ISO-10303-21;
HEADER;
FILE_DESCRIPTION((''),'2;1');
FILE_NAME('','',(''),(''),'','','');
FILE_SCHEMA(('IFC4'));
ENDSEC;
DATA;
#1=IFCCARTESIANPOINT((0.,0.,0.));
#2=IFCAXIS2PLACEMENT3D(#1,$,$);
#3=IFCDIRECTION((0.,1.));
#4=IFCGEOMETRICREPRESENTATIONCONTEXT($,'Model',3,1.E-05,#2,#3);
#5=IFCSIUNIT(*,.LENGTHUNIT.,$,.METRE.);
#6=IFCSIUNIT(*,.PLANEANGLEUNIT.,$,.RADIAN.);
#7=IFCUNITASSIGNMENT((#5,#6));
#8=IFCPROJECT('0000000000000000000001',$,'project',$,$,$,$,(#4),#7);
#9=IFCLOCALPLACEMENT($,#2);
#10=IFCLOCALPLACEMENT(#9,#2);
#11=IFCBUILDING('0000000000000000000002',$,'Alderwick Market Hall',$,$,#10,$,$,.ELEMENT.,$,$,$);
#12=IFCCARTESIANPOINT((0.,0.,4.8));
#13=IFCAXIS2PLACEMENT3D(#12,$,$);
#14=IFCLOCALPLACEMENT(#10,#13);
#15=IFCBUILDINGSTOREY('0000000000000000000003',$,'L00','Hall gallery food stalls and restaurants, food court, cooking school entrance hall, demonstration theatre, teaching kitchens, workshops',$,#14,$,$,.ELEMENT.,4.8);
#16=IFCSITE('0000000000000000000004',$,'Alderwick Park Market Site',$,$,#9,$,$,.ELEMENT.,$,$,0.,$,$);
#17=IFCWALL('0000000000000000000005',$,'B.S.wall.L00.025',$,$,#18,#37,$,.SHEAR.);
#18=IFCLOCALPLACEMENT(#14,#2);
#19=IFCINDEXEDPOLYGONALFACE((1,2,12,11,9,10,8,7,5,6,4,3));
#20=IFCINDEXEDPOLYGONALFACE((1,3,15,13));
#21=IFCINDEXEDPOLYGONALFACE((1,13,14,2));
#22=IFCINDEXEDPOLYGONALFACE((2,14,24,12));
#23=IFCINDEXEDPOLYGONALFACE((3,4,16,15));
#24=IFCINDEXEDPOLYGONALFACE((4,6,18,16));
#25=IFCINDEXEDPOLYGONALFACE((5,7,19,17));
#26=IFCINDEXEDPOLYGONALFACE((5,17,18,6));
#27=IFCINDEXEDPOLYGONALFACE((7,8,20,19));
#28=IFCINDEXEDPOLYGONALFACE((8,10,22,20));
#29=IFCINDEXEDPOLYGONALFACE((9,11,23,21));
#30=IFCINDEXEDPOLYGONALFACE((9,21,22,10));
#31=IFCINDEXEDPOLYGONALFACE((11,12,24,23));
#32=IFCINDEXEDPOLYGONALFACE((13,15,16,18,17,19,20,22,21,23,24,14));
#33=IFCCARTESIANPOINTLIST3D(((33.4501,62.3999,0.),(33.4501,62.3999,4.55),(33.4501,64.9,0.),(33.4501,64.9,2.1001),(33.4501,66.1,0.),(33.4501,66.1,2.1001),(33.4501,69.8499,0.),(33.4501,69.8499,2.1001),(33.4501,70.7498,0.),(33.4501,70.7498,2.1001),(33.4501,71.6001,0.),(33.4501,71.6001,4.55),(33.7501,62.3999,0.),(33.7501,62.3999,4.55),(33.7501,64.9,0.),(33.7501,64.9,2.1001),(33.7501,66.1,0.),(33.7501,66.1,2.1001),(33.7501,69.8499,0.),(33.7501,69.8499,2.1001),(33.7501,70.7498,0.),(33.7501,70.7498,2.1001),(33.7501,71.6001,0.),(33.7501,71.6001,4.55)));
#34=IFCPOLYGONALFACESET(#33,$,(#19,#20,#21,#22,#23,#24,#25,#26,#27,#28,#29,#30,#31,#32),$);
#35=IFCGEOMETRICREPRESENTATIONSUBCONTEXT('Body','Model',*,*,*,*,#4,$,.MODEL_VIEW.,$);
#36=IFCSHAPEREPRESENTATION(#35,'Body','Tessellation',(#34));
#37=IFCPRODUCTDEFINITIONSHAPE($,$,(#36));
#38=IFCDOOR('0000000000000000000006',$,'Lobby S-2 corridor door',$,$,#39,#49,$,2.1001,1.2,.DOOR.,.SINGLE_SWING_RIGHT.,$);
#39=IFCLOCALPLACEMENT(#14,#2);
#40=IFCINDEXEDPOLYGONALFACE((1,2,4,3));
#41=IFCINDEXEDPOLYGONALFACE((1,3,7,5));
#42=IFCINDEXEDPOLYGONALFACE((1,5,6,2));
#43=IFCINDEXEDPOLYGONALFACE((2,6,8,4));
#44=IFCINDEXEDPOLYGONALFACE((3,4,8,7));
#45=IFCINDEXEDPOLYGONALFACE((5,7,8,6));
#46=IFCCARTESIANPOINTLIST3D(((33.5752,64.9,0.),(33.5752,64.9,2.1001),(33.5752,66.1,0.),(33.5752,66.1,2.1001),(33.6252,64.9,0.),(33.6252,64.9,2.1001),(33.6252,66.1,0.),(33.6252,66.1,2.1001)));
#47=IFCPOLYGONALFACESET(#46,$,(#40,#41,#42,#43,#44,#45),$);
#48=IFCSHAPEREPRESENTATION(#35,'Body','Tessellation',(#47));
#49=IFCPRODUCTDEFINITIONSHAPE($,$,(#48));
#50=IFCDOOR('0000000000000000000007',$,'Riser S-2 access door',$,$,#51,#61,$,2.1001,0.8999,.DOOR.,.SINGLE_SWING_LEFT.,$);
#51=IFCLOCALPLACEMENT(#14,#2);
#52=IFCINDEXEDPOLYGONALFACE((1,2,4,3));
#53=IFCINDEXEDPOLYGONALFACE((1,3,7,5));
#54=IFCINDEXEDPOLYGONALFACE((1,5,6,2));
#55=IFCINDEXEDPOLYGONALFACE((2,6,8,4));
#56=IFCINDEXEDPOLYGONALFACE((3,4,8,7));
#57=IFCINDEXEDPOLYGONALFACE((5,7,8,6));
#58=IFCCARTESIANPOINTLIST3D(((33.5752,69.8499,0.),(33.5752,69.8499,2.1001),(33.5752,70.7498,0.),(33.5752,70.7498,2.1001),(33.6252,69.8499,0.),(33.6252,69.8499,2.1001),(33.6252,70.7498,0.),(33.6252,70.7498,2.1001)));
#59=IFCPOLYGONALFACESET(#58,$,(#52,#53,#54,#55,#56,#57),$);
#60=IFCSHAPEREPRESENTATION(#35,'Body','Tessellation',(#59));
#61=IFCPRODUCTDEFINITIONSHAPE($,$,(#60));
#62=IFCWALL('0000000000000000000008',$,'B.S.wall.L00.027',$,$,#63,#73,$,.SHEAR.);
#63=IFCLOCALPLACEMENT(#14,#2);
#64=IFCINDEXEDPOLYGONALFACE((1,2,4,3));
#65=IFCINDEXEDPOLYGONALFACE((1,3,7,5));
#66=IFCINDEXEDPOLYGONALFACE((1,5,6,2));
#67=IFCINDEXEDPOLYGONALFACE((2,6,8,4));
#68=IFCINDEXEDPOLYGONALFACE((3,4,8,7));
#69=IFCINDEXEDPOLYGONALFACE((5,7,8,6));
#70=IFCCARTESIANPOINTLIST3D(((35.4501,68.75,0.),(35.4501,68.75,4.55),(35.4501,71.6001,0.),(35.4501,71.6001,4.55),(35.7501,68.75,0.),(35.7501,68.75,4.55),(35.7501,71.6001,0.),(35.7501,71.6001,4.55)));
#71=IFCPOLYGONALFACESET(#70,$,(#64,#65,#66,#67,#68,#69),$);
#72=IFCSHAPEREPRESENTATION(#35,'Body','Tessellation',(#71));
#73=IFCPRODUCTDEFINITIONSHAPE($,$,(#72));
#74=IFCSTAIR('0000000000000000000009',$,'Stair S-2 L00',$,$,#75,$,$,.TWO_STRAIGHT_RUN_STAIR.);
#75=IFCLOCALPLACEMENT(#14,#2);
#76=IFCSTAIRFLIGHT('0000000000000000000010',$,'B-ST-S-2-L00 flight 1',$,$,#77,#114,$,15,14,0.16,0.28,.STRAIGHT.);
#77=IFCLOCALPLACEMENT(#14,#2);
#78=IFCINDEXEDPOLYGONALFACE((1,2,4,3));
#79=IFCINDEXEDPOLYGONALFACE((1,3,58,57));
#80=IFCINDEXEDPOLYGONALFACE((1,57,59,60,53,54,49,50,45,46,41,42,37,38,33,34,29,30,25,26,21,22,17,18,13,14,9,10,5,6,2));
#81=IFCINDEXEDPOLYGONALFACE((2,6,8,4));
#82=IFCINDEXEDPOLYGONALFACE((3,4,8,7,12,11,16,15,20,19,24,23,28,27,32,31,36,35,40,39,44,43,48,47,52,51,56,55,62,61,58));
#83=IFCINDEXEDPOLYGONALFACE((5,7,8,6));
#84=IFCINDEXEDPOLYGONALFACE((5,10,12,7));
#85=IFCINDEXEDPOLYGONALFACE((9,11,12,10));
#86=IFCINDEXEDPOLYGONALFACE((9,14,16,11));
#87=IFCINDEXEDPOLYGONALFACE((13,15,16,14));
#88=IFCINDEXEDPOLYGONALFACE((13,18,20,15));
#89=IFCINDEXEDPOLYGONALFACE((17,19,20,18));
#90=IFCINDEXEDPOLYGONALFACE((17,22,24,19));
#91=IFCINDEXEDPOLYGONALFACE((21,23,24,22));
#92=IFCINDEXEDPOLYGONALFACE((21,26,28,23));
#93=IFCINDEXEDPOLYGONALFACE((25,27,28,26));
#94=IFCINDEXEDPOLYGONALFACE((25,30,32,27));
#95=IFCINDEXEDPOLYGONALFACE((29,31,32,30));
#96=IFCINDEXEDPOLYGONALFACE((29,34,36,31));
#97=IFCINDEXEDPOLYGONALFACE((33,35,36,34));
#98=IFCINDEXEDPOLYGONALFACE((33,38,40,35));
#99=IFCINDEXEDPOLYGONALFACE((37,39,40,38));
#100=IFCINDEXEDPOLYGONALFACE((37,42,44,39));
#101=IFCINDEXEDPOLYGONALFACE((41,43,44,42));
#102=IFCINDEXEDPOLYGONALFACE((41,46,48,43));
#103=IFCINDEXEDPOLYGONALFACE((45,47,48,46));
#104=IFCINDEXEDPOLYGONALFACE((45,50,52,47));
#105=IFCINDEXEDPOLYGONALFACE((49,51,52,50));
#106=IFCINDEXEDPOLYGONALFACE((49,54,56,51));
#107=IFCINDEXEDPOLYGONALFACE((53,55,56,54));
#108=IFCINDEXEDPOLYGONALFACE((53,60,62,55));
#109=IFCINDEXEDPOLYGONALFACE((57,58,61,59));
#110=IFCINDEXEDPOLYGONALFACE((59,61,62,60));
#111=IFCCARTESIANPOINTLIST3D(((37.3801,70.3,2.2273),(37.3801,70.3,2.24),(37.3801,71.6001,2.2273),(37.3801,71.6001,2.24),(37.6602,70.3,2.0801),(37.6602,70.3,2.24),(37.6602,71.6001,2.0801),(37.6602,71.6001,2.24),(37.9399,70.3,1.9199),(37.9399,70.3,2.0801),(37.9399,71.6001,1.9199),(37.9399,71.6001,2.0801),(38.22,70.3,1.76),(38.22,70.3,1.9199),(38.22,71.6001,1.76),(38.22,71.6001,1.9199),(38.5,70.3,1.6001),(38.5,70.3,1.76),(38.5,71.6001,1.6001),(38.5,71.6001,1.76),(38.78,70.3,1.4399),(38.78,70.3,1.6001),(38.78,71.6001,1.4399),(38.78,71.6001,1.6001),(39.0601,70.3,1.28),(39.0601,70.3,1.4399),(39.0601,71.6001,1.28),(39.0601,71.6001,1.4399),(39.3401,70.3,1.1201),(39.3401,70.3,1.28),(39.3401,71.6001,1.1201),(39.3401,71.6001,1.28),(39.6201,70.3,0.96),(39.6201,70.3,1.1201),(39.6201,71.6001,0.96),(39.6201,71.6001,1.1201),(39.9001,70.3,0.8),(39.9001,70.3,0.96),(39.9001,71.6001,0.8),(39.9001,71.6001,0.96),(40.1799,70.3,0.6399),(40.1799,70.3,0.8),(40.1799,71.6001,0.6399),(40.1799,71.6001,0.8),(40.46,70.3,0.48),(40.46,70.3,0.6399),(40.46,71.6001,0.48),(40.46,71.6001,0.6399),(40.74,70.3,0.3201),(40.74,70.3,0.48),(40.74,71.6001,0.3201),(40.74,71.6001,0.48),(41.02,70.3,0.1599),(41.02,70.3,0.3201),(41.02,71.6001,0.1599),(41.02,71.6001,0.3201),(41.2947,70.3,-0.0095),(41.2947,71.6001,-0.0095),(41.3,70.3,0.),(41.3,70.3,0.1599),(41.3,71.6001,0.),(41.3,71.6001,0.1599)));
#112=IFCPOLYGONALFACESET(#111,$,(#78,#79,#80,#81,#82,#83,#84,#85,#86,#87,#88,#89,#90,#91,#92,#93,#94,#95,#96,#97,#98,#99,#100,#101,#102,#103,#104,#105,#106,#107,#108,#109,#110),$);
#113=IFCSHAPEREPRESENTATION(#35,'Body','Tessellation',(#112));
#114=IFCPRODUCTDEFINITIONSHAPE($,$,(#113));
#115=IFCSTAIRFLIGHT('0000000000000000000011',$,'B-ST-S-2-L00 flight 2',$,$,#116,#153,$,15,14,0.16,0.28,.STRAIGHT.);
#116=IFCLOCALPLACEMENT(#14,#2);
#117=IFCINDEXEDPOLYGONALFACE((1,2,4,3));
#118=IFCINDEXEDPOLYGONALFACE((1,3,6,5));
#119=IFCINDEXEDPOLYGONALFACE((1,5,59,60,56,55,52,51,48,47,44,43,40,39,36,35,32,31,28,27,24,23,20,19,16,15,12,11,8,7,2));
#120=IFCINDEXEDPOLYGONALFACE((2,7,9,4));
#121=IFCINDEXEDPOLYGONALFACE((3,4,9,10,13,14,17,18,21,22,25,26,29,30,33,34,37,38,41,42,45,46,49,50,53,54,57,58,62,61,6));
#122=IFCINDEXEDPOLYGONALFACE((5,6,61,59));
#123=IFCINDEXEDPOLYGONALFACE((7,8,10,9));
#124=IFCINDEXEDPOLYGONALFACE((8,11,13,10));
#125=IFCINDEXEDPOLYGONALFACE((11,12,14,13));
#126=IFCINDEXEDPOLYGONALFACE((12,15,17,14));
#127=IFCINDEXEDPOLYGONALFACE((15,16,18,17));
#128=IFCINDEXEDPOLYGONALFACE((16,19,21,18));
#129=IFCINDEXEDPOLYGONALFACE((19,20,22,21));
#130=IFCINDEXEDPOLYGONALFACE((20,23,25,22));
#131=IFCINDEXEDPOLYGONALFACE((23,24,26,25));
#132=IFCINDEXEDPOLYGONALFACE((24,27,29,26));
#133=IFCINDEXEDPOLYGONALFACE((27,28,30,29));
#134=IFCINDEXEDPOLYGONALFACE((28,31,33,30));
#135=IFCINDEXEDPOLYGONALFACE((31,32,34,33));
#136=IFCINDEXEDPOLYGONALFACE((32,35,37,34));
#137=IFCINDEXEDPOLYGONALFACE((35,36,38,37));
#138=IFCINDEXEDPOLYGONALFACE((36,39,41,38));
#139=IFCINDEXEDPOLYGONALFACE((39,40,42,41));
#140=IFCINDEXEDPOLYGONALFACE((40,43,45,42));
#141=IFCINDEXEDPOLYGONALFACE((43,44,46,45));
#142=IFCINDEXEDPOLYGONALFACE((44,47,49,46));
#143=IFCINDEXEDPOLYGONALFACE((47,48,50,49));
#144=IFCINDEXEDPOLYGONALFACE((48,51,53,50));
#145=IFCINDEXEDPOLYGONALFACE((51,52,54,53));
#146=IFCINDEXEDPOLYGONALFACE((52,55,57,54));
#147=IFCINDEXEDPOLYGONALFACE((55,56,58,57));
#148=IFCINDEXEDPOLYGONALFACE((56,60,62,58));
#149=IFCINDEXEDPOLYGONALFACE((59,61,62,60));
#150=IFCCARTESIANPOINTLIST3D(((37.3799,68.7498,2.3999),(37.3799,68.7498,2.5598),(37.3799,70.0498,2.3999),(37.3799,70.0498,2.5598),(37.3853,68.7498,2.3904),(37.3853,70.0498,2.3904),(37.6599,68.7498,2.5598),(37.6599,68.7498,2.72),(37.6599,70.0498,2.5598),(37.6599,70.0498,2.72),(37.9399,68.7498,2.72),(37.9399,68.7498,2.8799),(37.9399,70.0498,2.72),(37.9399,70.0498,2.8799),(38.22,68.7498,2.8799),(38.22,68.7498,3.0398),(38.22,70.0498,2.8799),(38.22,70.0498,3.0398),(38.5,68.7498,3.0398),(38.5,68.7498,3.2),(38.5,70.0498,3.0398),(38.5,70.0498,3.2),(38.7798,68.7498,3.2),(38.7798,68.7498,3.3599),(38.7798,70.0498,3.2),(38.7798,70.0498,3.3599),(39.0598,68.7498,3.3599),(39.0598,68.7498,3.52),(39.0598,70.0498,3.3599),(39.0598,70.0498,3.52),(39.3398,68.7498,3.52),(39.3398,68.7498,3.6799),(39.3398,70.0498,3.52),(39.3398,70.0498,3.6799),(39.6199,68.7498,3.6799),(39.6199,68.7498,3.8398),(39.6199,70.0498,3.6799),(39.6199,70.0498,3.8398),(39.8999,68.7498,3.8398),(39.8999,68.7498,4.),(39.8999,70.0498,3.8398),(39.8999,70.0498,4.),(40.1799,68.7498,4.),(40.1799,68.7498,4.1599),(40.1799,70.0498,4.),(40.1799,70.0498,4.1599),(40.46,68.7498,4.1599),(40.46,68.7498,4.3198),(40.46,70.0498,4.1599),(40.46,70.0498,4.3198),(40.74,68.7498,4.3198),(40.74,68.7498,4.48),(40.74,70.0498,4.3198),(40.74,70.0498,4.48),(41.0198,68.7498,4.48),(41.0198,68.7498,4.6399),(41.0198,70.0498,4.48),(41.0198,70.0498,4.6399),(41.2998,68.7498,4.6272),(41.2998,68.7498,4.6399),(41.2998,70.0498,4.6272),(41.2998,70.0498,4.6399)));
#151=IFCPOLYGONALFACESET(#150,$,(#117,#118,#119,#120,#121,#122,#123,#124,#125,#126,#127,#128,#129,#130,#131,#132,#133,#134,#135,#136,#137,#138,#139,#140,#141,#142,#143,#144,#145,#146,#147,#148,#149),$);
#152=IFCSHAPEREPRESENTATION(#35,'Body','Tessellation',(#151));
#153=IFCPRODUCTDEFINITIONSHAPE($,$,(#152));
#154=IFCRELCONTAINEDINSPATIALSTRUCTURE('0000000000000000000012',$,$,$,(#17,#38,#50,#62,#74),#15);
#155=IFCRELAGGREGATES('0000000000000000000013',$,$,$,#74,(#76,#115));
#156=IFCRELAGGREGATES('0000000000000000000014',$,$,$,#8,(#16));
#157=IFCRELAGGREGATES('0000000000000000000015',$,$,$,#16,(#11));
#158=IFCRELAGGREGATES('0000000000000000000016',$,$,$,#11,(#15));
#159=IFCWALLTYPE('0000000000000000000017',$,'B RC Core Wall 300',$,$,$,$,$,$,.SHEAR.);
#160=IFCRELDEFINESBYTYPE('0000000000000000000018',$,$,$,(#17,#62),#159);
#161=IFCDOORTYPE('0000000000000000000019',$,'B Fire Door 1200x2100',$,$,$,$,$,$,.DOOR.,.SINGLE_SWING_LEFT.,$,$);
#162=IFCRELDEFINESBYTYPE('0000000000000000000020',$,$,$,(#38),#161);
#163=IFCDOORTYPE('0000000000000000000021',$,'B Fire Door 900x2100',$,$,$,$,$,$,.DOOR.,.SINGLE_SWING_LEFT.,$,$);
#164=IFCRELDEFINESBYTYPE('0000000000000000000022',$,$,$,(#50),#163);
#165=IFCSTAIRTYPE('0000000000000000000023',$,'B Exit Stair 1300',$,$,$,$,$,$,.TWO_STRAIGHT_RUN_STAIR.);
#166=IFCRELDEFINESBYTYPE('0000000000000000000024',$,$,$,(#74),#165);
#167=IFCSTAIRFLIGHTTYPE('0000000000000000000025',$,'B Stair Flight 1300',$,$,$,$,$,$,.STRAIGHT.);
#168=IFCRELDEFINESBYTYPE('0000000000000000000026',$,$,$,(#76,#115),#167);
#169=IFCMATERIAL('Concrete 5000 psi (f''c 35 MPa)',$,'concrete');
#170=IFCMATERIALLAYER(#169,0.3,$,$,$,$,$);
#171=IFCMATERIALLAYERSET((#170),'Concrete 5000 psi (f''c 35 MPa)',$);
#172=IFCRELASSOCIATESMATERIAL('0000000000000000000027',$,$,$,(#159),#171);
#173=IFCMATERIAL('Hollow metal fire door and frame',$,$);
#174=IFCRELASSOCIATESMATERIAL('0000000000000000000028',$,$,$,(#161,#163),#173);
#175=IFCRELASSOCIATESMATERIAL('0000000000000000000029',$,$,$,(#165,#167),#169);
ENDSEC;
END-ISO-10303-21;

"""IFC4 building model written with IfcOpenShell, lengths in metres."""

from ifc_helpers import new_model, si_unit, direction, frame, frame_2d, origin, place, context, subcontext, project, spatial, polyline, rectangle, outline, extrude, material, layer, layer_set, type_object, element, fill, aggregate, save


model = new_model("IFC4")

# Units and contexts
model_context = context("Model", 3, precision=1e-05, world=origin(), true_north=direction((0.0, 1.0)))
body_context = subcontext(model_context, "Body", "Model", "MODEL_VIEW")
ifc_project = project(units=[si_unit("LENGTHUNIT", "METRE"), si_unit("PLANEANGLEUNIT", "RADIAN")], contexts=[model_context])

# Site, building, storey
site_placement = place(None, origin())
site = spatial("IfcSite", under=ifc_project, at=site_placement, Name="Alderwick Park Market Site", CompositionType="ELEMENT", RefElevation=0.0)
building_placement = place(site_placement, origin())
building = spatial("IfcBuilding", under=site, at=building_placement, Name="Alderwick Market Hall", CompositionType="ELEMENT")
storey_placement = place(building_placement, frame((0.0, 0.0, 4.8)))
storey = spatial("IfcBuildingStorey", under=building, at=storey_placement, Name="L00", Description="Hall gallery food stalls and restaurants, food court, cooking school entrance hall, demonstration theatre, teaching kitchens, workshops", CompositionType="ELEMENT", Elevation=4.8)

# Shared definitions
ifc_material_1 = material(Name="Concrete 5000 psi (f'c 35 MPa)", Category="concrete")

# Shared definitions
ifc_layer_1 = layer(ifc_material_1, 0.3)
ifc_layer_set_1 = layer_set([ifc_layer_1], Name="Concrete 5000 psi (f'c 35 MPa)")
wall_type_1 = type_object("IfcWallType", Name="B RC Core Wall 300", PredefinedType="SHEAR", material=ifc_layer_set_1)

# Shared definitions
ifc_material_2 = material(Name="Hollow metal fire door and frame")

# Wall, openings, doors
wall_1_placement = place(storey_placement, frame((33.6001, 62.3999, 0.0), z_axis=(0.0, 0.0, 1.0), x_axis=(0.0, 1.0, 0.0)))
wall_1 = element("IfcWall", 1, at=wall_1_placement, inside=storey, type_object=wall_type_1, Name="B.S.wall.L00.025", PredefinedType="SHEAR", context=body_context, shape_type="SweptSolid", body=[
    extrude(rectangle(XDim=9.2002, YDim=0.3, at=frame_2d((4.6001, 0.0))), origin(), (0.0, 0.0, 1.0), 4.55),
])
opening_1_placement = place(wall_1_placement, frame((2.5, 0.0, 0.0)))
opening_1 = element("IfcOpeningElement", 2, at=opening_1_placement, cuts=wall_1, PredefinedType="OPENING", context=body_context, shape_type="SweptSolid", body=[
    extrude(rectangle(XDim=1.2, YDim=2.1001, at=frame_2d((0.6001, 1.05))), frame((0.0, 0.1599, 0.0), z_axis=(0.0, -1.0, 0.0), x_axis=(1.0, 0.0, 0.0)), (0.0, 0.0, 1.0), 0.3201),
])
opening_2_placement = place(wall_1_placement, frame((7.45, 0.0, 0.0)))
opening_2 = element("IfcOpeningElement", 3, at=opening_2_placement, cuts=wall_1, PredefinedType="OPENING", context=body_context, shape_type="SweptSolid", body=[
    extrude(rectangle(XDim=0.8999, YDim=2.1001, at=frame_2d((0.45, 1.05))), frame((0.0, 0.1599, 0.0), z_axis=(0.0, -1.0, 0.0), x_axis=(1.0, 0.0, 0.0)), (0.0, 0.0, 1.0), 0.3201),
])
door_type_1 = type_object("IfcDoorType", Name="B Fire Door 1200x2100", OperationType="SINGLE_SWING_LEFT", PredefinedType="DOOR", material=ifc_material_2)
door_1_placement = place(opening_1_placement, origin())
door_1 = element("IfcDoor", 4, at=door_1_placement, inside=storey, type_object=door_type_1, Name="Lobby S-2 corridor door", OperationType="SINGLE_SWING_RIGHT", OverallHeight=2.1001, OverallWidth=1.2, PredefinedType="DOOR", context=body_context, shape_type="SweptSolid", body=[
    extrude(rectangle(XDim=1.2, YDim=2.1001, at=frame_2d((0.6001, 1.05))), frame((0.0, 0.0249, 0.0), z_axis=(0.0, -1.0, 0.0), x_axis=(1.0, 0.0, 0.0)), (0.0, 0.0, 1.0), 0.05),
])
fill(opening_1, door_1)
door_type_2 = type_object("IfcDoorType", Name="B Fire Door 900x2100", OperationType="SINGLE_SWING_LEFT", PredefinedType="DOOR", material=ifc_material_2)
door_2_placement = place(opening_2_placement, origin())
door_2 = element("IfcDoor", 5, at=door_2_placement, inside=storey, type_object=door_type_2, Name="Riser S-2 access door", OperationType="SINGLE_SWING_LEFT", OverallHeight=2.1001, OverallWidth=0.8999, PredefinedType="DOOR", context=body_context, shape_type="SweptSolid", body=[
    extrude(rectangle(XDim=0.8999, YDim=2.1001, at=frame_2d((0.45, 1.05))), frame((0.0, 0.0249, 0.0), z_axis=(0.0, -1.0, 0.0), x_axis=(1.0, 0.0, 0.0)), (0.0, 0.0, 1.0), 0.05),
])
fill(opening_2, door_2)

# Wall
wall_2_placement = place(storey_placement, frame((35.6001, 68.75, 0.0), z_axis=(0.0, 0.0, 1.0), x_axis=(0.0, 1.0, 0.0)))
element("IfcWall", 6, at=wall_2_placement, inside=storey, type_object=wall_type_1, Name="B.S.wall.L00.027", PredefinedType="SHEAR", context=body_context, shape_type="SweptSolid", body=[
    extrude(rectangle(XDim=2.8501, YDim=0.3, at=frame_2d((1.425, 0.0))), origin(), (0.0, 0.0, 1.0), 4.55),
])

# Stair, stair flights
stair_type = type_object("IfcStairType", Name="B Exit Stair 1300", PredefinedType="TWO_STRAIGHT_RUN_STAIR", material=ifc_material_1)
stair_placement = place(storey_placement, origin())
stair = element("IfcStair", 7, at=stair_placement, inside=storey, type_object=stair_type, Name="Stair S-2 L00", PredefinedType="TWO_STRAIGHT_RUN_STAIR")
stair_flight_type = type_object("IfcStairFlightType", Name="B Stair Flight 1300", PredefinedType="STRAIGHT", material=ifc_material_1)
stair_flight_1_placement = place(storey_placement, frame((41.3, 70.95, 0.0), z_axis=(0.0, 0.0, 1.0), x_axis=(-1.0, 0.0, 0.0)))
stair_flight_1 = element("IfcStairFlight", 8, at=stair_flight_1_placement, type_object=stair_flight_type, Name="B-ST-S-2-L00 flight 1", NumberOfRisers=15, NumberOfTreads=14, PredefinedType="STRAIGHT", RiserHeight=0.16, TreadLength=0.28, context=body_context, shape_type="SweptSolid", body=[
    extrude(outline(polyline([(0.0054, -0.0095), (0.0, 0.0), (0.0, 0.1599), (0.28, 0.1599), (0.28, 0.3201), (0.5601, 0.3201), (0.5601, 0.48), (0.8401, 0.48), (0.8401, 0.6399), (1.1201, 0.6399), (1.1201, 0.8), (1.3999, 0.8), (1.3999, 0.96), (1.6799, 0.96), (1.6799, 1.1201), (1.96, 1.1201), (1.96, 1.28), (2.24, 1.28), (2.24, 1.4399), (2.52, 1.4399), (2.52, 1.6001), (2.8, 1.6001), (2.8, 1.76), (3.0801, 1.76), (3.0801, 1.9199), (3.3601, 1.9199), (3.3601, 2.0801), (3.6399, 2.0801), (3.6399, 2.24), (3.9199, 2.24), (3.9199, 2.2273), (0.0054, -0.0095)])), frame((0.0, 0.6499, 0.0), z_axis=(0.0, -1.0, 0.0), x_axis=(1.0, 0.0, 0.0)), (0.0, 0.0, 1.0), 1.3),
])
stair_flight_2_placement = place(storey_placement, frame((37.3799, 69.3999, 2.3999), z_axis=(0.0, 0.0, 1.0), x_axis=(1.0, 0.0, 0.0)))
stair_flight_2 = element("IfcStairFlight", 9, at=stair_flight_2_placement, type_object=stair_flight_type, Name="B-ST-S-2-L00 flight 2", NumberOfRisers=15, NumberOfTreads=14, PredefinedType="STRAIGHT", RiserHeight=0.16, TreadLength=0.28, context=body_context, shape_type="SweptSolid", body=[
    extrude(outline(polyline([(0.0054, -0.0095), (0.0, 0.0), (0.0, 0.1599), (0.28, 0.1599), (0.28, 0.3201), (0.5601, 0.3201), (0.5601, 0.48), (0.8401, 0.48), (0.8401, 0.6399), (1.1201, 0.6399), (1.1201, 0.8), (1.3999, 0.8), (1.3999, 0.96), (1.6799, 0.96), (1.6799, 1.1201), (1.96, 1.1201), (1.96, 1.28), (2.24, 1.28), (2.24, 1.4399), (2.52, 1.4399), (2.52, 1.6001), (2.8, 1.6001), (2.8, 1.76), (3.0801, 1.76), (3.0801, 1.9199), (3.3601, 1.9199), (3.3601, 2.0801), (3.6399, 2.0801), (3.6399, 2.24), (3.9199, 2.24), (3.9199, 2.2273), (0.0054, -0.0095)])), frame((0.0, 0.6499, 0.0), z_axis=(0.0, -1.0, 0.0), x_axis=(1.0, 0.0, 0.0)), (0.0, 0.0, 1.0), 1.3),
])
aggregate(stair, [stair_flight_1, stair_flight_2])

save(model, "model.ifc")
